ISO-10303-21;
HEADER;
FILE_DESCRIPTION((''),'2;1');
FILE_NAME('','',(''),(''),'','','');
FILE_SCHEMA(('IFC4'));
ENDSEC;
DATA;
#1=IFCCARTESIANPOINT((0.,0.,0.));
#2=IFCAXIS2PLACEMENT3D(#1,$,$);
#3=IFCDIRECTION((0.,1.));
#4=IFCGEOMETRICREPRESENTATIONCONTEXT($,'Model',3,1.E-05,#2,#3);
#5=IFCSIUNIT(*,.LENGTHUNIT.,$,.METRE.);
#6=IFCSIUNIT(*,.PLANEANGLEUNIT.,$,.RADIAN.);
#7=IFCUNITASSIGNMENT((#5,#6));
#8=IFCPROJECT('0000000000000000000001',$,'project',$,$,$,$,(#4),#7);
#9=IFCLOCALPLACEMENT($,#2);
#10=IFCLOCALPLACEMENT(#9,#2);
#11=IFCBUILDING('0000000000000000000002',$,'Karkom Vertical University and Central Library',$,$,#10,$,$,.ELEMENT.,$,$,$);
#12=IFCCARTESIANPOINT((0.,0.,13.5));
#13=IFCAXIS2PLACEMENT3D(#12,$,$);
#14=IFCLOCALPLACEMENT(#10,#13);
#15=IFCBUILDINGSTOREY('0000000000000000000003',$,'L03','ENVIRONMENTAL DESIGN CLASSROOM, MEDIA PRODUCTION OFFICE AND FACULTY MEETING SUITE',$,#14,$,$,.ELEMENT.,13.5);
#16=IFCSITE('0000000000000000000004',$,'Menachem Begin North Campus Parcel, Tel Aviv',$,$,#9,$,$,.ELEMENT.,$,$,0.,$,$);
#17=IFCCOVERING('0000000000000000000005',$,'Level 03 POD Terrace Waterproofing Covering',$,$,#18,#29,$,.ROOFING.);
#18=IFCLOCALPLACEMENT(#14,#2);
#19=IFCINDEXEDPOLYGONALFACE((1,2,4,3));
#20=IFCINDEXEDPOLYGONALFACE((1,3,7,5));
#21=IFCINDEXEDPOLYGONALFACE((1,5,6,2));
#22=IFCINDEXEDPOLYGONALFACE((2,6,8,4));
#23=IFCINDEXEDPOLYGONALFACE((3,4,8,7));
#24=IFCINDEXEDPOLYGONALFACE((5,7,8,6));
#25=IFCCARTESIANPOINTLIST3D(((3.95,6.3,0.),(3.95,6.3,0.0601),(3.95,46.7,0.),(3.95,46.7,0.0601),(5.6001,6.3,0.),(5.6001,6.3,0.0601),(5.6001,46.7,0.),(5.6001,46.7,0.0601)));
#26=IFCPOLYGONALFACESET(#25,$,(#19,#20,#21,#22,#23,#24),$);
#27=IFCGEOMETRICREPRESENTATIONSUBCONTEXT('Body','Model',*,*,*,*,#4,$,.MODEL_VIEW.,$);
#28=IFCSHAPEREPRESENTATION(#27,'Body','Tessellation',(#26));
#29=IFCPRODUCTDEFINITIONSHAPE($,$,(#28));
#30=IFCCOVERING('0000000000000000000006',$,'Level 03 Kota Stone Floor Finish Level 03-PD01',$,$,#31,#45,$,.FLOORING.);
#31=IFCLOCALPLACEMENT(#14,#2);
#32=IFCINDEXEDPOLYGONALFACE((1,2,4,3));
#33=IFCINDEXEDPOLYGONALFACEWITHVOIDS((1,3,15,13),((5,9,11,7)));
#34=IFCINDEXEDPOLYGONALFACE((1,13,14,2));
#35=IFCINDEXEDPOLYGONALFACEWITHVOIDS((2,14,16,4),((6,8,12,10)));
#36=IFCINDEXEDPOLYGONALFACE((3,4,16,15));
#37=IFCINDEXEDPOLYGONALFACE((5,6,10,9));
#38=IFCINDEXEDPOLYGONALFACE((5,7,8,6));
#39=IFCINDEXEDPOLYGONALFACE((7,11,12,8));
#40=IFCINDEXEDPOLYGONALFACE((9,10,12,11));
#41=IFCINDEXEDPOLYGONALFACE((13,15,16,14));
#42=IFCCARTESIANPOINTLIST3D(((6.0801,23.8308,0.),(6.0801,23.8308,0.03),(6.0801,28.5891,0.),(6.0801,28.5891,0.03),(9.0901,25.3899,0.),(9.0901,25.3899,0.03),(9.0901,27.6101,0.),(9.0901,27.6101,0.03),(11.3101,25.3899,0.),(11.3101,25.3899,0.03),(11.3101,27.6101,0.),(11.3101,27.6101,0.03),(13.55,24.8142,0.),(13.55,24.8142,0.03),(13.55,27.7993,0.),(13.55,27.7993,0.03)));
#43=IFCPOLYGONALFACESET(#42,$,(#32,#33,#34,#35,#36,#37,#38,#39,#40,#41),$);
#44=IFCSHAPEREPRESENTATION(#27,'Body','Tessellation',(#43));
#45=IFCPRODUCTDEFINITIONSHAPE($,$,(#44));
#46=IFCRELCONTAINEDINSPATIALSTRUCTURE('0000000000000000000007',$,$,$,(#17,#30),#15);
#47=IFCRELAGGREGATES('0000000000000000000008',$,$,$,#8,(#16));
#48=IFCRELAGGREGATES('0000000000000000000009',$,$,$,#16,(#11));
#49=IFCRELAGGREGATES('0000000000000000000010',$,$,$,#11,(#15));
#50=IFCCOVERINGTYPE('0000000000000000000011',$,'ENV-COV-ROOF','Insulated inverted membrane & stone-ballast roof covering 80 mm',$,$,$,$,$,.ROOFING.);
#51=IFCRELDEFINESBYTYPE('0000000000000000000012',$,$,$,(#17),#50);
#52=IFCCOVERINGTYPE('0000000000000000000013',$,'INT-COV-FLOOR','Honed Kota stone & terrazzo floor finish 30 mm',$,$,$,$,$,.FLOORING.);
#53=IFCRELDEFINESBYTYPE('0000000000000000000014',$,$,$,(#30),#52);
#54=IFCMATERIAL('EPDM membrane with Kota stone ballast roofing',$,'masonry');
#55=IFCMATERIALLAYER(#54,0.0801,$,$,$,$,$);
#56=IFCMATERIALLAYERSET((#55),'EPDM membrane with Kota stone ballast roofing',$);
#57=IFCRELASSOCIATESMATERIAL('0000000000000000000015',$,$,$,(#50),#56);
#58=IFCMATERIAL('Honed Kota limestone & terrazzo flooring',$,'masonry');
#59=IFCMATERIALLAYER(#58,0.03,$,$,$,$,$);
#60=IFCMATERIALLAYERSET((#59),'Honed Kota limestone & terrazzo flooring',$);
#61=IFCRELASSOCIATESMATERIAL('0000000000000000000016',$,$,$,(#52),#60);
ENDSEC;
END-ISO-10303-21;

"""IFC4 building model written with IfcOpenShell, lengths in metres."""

from ifc_helpers import new_model, si_unit, direction, frame, origin, place, context, subcontext, project, spatial, polyline, outline, extrude, material, layer, layer_set, type_object, element, save


model = new_model("IFC4")

# Units and contexts
model_context = context("Model", 3, precision=1e-05, world=origin(), true_north=direction((0.0, 1.0)))
body_context = subcontext(model_context, "Body", "Model", "MODEL_VIEW")
ifc_project = project(units=[si_unit("LENGTHUNIT", "METRE"), si_unit("PLANEANGLEUNIT", "RADIAN")], contexts=[model_context])

# Site, building, storey
site_placement = place(None, origin())
site = spatial("IfcSite", under=ifc_project, at=site_placement, Name="Menachem Begin North Campus Parcel, Tel Aviv", CompositionType="ELEMENT", RefElevation=0.0)
building_placement = place(site_placement, origin())
building = spatial("IfcBuilding", under=site, at=building_placement, Name="Karkom Vertical University and Central Library", CompositionType="ELEMENT")
storey_placement = place(building_placement, frame((0.0, 0.0, 13.5)))
storey = spatial("IfcBuildingStorey", under=building, at=storey_placement, Name="L03", Description="ENVIRONMENTAL DESIGN CLASSROOM, MEDIA PRODUCTION OFFICE AND FACULTY MEETING SUITE", CompositionType="ELEMENT", Elevation=13.5)

# Coverings
ifc_material_1 = material(Name="EPDM membrane with Kota stone ballast roofing", Category="masonry")
ifc_layer_1 = layer(ifc_material_1, 0.0801)
ifc_layer_set_1 = layer_set([ifc_layer_1], Name="EPDM membrane with Kota stone ballast roofing")
covering_type_1 = type_object("IfcCoveringType", Name="ENV-COV-ROOF", Description="Insulated inverted membrane & stone-ballast roof covering 80 mm", PredefinedType="ROOFING", material=ifc_layer_set_1)
covering_1_placement = place(storey_placement, origin())
element("IfcCovering", 1, at=covering_1_placement, inside=storey, type_object=covering_type_1, Name="Level 03 POD Terrace Waterproofing Covering", PredefinedType="ROOFING", context=body_context, shape_type="SweptSolid", body=[
    extrude(outline(polyline([(3.95, 6.3), (5.6001, 6.3), (5.6001, 46.7), (3.95, 46.7), (3.95, 6.3)])), origin(), (0.0, 0.0, 1.0), 0.0601),
])
ifc_material_2 = material(Name="Honed Kota limestone & terrazzo flooring", Category="masonry")
ifc_layer_2 = layer(ifc_material_2, 0.03)
ifc_layer_set_2 = layer_set([ifc_layer_2], Name="Honed Kota limestone & terrazzo flooring")
covering_type_2 = type_object("IfcCoveringType", Name="INT-COV-FLOOR", Description="Honed Kota stone & terrazzo floor finish 30 mm", PredefinedType="FLOORING", material=ifc_layer_set_2)
covering_2_placement = place(storey_placement, origin())
element("IfcCovering", 2, at=covering_2_placement, inside=storey, type_object=covering_type_2, Name="Level 03 Kota Stone Floor Finish Level 03-PD01", PredefinedType="FLOORING", context=body_context, shape_type="SweptSolid", body=[
    extrude(outline(polyline([(13.55, 24.8142), (6.0801, 23.8308), (6.0801, 28.5891), (13.55, 27.7993), (13.55, 24.8142)]), holes=[polyline([(9.0901, 25.3899), (11.3101, 25.3899), (11.3101, 27.6101), (9.0901, 27.6101), (9.0901, 25.3899)])]), origin(), (0.0, 0.0, 1.0), 0.03),
])

save(model, "model.ifc")
